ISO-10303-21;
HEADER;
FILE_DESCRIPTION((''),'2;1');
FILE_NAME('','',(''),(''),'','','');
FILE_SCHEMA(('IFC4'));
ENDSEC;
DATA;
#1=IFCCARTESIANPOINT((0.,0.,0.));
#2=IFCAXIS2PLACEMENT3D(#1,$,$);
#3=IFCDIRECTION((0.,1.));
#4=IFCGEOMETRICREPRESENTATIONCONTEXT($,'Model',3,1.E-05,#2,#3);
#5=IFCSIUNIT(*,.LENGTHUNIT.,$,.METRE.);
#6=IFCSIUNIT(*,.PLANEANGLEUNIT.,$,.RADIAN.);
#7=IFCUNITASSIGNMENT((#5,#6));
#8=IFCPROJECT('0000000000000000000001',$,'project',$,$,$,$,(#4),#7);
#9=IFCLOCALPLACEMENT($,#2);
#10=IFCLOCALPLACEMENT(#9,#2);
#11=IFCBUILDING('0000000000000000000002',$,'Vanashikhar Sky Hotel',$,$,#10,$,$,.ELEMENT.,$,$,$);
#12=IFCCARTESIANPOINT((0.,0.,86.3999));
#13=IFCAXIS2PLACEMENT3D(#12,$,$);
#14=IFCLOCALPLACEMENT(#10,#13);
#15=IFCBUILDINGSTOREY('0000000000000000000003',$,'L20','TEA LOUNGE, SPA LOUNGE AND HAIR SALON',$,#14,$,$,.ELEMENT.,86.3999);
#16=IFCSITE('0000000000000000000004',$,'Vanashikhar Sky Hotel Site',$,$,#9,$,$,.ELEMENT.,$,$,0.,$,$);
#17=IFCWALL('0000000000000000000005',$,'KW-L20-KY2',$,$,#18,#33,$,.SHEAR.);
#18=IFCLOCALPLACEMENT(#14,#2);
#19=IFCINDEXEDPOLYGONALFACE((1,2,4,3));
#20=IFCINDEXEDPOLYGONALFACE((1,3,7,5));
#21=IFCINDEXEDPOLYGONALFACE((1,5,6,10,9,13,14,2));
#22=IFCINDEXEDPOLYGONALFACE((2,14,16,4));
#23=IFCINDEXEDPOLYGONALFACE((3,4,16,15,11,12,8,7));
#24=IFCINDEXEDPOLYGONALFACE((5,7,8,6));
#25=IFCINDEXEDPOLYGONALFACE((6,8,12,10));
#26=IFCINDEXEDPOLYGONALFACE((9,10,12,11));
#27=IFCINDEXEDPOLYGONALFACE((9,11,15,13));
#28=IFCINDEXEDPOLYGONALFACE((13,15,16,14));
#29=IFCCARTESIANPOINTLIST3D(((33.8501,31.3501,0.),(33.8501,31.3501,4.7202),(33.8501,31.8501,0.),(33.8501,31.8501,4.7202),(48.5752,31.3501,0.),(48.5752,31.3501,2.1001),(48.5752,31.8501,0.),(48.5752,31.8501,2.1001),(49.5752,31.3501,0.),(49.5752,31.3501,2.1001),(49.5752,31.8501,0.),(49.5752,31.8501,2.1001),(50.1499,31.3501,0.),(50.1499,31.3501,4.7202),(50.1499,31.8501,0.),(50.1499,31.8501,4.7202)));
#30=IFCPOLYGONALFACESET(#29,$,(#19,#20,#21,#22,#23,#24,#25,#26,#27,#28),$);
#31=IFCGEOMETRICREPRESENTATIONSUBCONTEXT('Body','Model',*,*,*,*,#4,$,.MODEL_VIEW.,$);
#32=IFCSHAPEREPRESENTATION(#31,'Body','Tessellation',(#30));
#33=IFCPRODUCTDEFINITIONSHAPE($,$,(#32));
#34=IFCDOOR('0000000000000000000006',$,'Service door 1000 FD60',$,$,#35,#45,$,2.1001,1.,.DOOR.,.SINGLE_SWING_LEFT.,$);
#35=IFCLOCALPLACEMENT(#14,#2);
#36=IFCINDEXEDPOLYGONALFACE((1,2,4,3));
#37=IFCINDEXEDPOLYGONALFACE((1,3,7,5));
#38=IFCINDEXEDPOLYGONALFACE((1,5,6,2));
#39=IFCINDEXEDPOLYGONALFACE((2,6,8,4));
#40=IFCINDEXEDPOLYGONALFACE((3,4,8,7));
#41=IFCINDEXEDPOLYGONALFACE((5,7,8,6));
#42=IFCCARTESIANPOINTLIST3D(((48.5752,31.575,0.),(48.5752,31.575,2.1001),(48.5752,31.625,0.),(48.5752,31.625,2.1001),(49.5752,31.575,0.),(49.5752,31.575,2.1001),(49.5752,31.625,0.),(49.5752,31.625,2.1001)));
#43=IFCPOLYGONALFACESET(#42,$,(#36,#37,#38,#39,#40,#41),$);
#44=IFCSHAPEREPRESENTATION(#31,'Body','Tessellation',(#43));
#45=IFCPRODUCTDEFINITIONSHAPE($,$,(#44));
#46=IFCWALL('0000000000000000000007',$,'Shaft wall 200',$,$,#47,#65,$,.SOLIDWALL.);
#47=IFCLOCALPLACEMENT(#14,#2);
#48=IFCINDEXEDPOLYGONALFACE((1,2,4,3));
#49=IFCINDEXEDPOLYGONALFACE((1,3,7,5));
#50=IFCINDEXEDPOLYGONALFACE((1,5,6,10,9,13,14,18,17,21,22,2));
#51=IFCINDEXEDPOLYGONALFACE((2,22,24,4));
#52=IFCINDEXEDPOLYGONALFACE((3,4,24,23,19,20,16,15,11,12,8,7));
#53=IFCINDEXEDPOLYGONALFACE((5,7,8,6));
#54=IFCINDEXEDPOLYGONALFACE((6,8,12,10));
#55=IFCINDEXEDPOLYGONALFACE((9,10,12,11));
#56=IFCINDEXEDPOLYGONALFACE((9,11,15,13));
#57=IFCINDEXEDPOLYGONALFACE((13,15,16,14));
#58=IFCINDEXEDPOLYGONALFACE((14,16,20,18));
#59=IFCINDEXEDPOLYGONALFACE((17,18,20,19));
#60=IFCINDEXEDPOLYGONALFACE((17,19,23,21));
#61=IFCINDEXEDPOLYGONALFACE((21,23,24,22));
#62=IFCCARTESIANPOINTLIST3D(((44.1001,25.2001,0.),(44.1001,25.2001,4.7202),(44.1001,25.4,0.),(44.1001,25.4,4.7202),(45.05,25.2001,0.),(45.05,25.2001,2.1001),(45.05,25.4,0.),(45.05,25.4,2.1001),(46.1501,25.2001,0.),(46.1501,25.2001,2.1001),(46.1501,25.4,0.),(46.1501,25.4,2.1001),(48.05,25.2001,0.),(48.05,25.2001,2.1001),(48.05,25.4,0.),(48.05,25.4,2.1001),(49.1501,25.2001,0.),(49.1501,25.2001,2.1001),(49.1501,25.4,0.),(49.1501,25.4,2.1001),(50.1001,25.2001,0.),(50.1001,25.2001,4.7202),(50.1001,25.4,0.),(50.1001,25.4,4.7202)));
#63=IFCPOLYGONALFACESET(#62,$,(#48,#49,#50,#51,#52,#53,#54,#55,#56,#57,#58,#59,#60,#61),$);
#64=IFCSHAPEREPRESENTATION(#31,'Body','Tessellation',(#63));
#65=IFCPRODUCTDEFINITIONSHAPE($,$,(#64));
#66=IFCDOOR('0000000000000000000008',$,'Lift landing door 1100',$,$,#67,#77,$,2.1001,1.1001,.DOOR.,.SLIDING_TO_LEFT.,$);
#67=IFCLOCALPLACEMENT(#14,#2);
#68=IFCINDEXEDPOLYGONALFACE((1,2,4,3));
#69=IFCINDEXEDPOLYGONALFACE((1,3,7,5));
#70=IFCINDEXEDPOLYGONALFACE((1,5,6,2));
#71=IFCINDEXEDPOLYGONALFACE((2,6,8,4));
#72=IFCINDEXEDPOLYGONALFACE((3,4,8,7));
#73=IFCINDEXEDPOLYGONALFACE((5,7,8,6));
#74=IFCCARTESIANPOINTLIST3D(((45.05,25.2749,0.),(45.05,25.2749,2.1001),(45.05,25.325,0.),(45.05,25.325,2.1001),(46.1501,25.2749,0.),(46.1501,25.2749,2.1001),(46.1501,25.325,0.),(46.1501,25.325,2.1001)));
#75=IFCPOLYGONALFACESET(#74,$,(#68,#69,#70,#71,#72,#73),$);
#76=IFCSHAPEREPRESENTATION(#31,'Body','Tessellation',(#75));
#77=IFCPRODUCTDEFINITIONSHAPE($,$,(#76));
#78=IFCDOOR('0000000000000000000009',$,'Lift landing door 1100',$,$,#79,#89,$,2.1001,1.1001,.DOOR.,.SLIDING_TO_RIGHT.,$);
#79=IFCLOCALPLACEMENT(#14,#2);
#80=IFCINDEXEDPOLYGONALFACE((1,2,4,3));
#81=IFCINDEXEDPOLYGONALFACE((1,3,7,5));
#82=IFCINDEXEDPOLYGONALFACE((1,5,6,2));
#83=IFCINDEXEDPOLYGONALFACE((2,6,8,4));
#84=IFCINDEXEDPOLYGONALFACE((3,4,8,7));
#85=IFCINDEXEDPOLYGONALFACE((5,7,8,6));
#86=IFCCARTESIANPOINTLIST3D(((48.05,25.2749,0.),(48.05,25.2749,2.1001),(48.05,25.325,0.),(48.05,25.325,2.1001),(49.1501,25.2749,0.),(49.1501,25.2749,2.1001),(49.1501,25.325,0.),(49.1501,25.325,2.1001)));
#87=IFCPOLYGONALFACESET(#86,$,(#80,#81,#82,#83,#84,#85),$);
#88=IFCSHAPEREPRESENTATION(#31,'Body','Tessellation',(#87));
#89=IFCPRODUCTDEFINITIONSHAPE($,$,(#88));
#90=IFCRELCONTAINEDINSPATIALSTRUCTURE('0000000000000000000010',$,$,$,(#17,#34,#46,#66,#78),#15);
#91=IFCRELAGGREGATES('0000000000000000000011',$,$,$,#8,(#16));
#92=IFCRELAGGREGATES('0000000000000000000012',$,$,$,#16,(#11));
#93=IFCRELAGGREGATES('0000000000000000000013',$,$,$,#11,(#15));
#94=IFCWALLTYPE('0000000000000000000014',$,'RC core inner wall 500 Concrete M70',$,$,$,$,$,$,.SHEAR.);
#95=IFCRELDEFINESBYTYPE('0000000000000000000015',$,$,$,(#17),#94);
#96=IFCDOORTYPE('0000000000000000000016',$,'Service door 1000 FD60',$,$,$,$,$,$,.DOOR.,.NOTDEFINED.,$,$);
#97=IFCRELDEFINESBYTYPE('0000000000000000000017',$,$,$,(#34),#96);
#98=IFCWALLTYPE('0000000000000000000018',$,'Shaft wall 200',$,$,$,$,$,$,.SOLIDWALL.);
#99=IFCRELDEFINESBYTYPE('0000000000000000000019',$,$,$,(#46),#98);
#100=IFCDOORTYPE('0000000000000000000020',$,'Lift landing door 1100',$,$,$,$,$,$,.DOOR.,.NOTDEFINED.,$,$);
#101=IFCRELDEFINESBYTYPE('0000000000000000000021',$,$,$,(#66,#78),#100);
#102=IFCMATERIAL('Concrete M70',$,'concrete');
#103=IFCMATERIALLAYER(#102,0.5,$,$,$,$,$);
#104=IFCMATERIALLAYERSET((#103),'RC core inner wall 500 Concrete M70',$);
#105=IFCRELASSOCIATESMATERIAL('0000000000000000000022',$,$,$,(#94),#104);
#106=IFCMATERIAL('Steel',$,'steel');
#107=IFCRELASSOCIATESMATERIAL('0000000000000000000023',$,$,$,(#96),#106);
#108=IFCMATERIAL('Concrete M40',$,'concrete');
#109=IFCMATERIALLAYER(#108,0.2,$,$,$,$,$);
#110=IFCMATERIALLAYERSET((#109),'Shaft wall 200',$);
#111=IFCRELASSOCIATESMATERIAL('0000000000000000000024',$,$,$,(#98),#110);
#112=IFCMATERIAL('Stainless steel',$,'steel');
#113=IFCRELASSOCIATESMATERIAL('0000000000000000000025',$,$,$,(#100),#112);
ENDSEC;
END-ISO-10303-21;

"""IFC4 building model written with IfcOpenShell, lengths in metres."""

from ifc_helpers import new_model, si_unit, direction, frame, frame_2d, origin, place, context, subcontext, project, spatial, rectangle, extrude, source, transform, mapped, material, layer, layer_set, type_object, element, fill, save


model = new_model("IFC4")

# Units and contexts
model_context = context("Model", 3, precision=1e-05, world=origin(), true_north=direction((0.0, 1.0)))
body_context = subcontext(model_context, "Body", "Model", "MODEL_VIEW")
ifc_project = project(units=[si_unit("LENGTHUNIT", "METRE"), si_unit("PLANEANGLEUNIT", "RADIAN")], contexts=[model_context])

# Site, building, storey
site_placement = place(None, origin())
site = spatial("IfcSite", under=ifc_project, at=site_placement, Name="Vanashikhar Sky Hotel Site", CompositionType="ELEMENT", RefElevation=0.0)
building_placement = place(site_placement, origin())
building = spatial("IfcBuilding", under=site, at=building_placement, Name="Vanashikhar Sky Hotel", CompositionType="ELEMENT")
storey_placement = place(building_placement, frame((0.0, 0.0, 86.3999)))
storey = spatial("IfcBuildingStorey", under=building, at=storey_placement, Name="L20", Description="TEA LOUNGE, SPA LOUNGE AND HAIR SALON", CompositionType="ELEMENT", Elevation=86.3999)

# Wall, opening, door
ifc_material_1 = material(Name="Concrete M70", Category="concrete")
ifc_layer_1 = layer(ifc_material_1, 0.5)
ifc_layer_set_1 = layer_set([ifc_layer_1], Name="RC core inner wall 500 Concrete M70")
wall_type_1 = type_object("IfcWallType", Name="RC core inner wall 500 Concrete M70", PredefinedType="SHEAR", material=ifc_layer_set_1)
shared_shape_1 = source(origin(), body_context, "Body", "SweptSolid", [
    extrude(rectangle(XDim=16.2998, YDim=0.5, at=frame_2d((8.1499, 0.0))), origin(), (0.0, 0.0, 1.0), 4.7202),
])
wall_1_placement = place(storey_placement, frame((33.8501, 31.6001, 0.0), z_axis=(0.0, 0.0, 1.0), x_axis=(1.0, 0.0, 0.0)))
wall_1 = element("IfcWall", 1, at=wall_1_placement, inside=storey, type_object=wall_type_1, Name="KW-L20-KY2", PredefinedType="SHEAR", context=body_context, shape_type="MappedRepresentation", body=[
    mapped(shared_shape_1, transform((0.0, 0.0, 0.0), scale=1.0)),
])
shared_shape_2 = source(origin(), body_context, "Body", "SweptSolid", [
    extrude(rectangle(XDim=1.0, YDim=2.1001, at=frame_2d((0.5, 1.05))), frame((0.0, 0.26, 0.0), z_axis=(0.0, -1.0, 0.0), x_axis=(1.0, 0.0, 0.0)), (0.0, 0.0, 1.0), 0.52),
])
opening_1_placement = place(wall_1_placement, frame((14.7251, 0.0, 0.0)))
opening_1 = element("IfcOpeningElement", 2, at=opening_1_placement, cuts=wall_1, PredefinedType="OPENING", context=body_context, shape_type="MappedRepresentation", body=[
    mapped(shared_shape_2, transform((0.0, 0.0, 0.0), scale=1.0)),
])
ifc_material_2 = material(Name="Steel", Category="steel")
door_type_1 = type_object("IfcDoorType", Name="Service door 1000 FD60", OperationType="NOTDEFINED", PredefinedType="DOOR", material=ifc_material_2)
shared_shape_3 = source(origin(), body_context, "Body", "SweptSolid", [
    extrude(rectangle(XDim=1.0, YDim=2.1001, at=frame_2d((0.5, 1.05))), frame((0.0, 0.0249, 0.0), z_axis=(0.0, -1.0, 0.0), x_axis=(1.0, 0.0, 0.0)), (0.0, 0.0, 1.0), 0.05),
])
door_1_placement = place(opening_1_placement, origin())
door_1 = element("IfcDoor", 3, at=door_1_placement, inside=storey, type_object=door_type_1, Name="Service door 1000 FD60", OperationType="SINGLE_SWING_LEFT", OverallHeight=2.1001, OverallWidth=1.0, PredefinedType="DOOR", context=body_context, shape_type="MappedRepresentation", body=[
    mapped(shared_shape_3, transform((0.0, 0.0, 0.0), scale=1.0)),
])
fill(opening_1, door_1)

# Wall, openings, doors
ifc_material_3 = material(Name="Concrete M40", Category="concrete")
ifc_layer_2 = layer(ifc_material_3, 0.2)
ifc_layer_set_2 = layer_set([ifc_layer_2], Name="Shaft wall 200")
wall_type_2 = type_object("IfcWallType", Name="Shaft wall 200", PredefinedType="SOLIDWALL", material=ifc_layer_set_2)
shared_shape_4 = source(origin(), body_context, "Body", "SweptSolid", [
    extrude(rectangle(XDim=6.0, YDim=0.2, at=frame_2d((3.0, 0.0))), origin(), (0.0, 0.0, 1.0), 4.7202),
])
wall_2_placement = place(storey_placement, frame((44.1001, 25.3, 0.0), z_axis=(0.0, 0.0, 1.0), x_axis=(1.0, 0.0, 0.0)))
wall_2 = element("IfcWall", 4, at=wall_2_placement, inside=storey, type_object=wall_type_2, Name="Shaft wall 200", PredefinedType="SOLIDWALL", context=body_context, shape_type="MappedRepresentation", body=[
    mapped(shared_shape_4, transform((0.0, 0.0, 0.0), scale=1.0)),
])
shared_shape_5 = source(origin(), body_context, "Body", "SweptSolid", [
    extrude(rectangle(XDim=1.1001, YDim=2.1001, at=frame_2d((0.55, 1.05))), frame((0.0, 0.1099, 0.0), z_axis=(0.0, -1.0, 0.0), x_axis=(1.0, 0.0, 0.0)), (0.0, 0.0, 1.0), 0.22),
])
opening_2_placement = place(wall_2_placement, frame((0.95, 0.0, 0.0)))
opening_2 = element("IfcOpeningElement", 5, at=opening_2_placement, cuts=wall_2, PredefinedType="OPENING", context=body_context, shape_type="MappedRepresentation", body=[
    mapped(shared_shape_5, transform((0.0, 0.0, 0.0), scale=1.0)),
])
opening_3_placement = place(wall_2_placement, frame((3.95, 0.0, 0.0)))
opening_3 = element("IfcOpeningElement", 6, at=opening_3_placement, cuts=wall_2, PredefinedType="OPENING", context=body_context, shape_type="MappedRepresentation", body=[
    mapped(shared_shape_5, transform((0.0, 0.0, 0.0), scale=1.0)),
])
ifc_material_4 = material(Name="Stainless steel", Category="steel")
door_type_2 = type_object("IfcDoorType", Name="Lift landing door 1100", OperationType="NOTDEFINED", PredefinedType="DOOR", material=ifc_material_4)
shared_shape_6 = source(origin(), body_context, "Body", "SweptSolid", [
    extrude(rectangle(XDim=1.1001, YDim=2.1001, at=frame_2d((0.55, 1.05))), frame((0.0, 0.0249, 0.0), z_axis=(0.0, -1.0, 0.0), x_axis=(1.0, 0.0, 0.0)), (0.0, 0.0, 1.0), 0.05),
])
door_2_placement = place(opening_2_placement, origin())
door_2 = element("IfcDoor", 7, at=door_2_placement, inside=storey, type_object=door_type_2, Name="Lift landing door 1100", OperationType="SLIDING_TO_LEFT", OverallHeight=2.1001, OverallWidth=1.1001, PredefinedType="DOOR", context=body_context, shape_type="MappedRepresentation", body=[
    mapped(shared_shape_6, transform((0.0, 0.0, 0.0), scale=1.0)),
])
fill(opening_2, door_2)
door_3_placement = place(opening_3_placement, origin())
door_3 = element("IfcDoor", 8, at=door_3_placement, inside=storey, type_object=door_type_2, Name="Lift landing door 1100", OperationType="SLIDING_TO_RIGHT", OverallHeight=2.1001, OverallWidth=1.1001, PredefinedType="DOOR", context=body_context, shape_type="MappedRepresentation", body=[
    mapped(shared_shape_6, transform((0.0, 0.0, 0.0), scale=1.0)),
])
fill(opening_3, door_3)

save(model, "model.ifc")
